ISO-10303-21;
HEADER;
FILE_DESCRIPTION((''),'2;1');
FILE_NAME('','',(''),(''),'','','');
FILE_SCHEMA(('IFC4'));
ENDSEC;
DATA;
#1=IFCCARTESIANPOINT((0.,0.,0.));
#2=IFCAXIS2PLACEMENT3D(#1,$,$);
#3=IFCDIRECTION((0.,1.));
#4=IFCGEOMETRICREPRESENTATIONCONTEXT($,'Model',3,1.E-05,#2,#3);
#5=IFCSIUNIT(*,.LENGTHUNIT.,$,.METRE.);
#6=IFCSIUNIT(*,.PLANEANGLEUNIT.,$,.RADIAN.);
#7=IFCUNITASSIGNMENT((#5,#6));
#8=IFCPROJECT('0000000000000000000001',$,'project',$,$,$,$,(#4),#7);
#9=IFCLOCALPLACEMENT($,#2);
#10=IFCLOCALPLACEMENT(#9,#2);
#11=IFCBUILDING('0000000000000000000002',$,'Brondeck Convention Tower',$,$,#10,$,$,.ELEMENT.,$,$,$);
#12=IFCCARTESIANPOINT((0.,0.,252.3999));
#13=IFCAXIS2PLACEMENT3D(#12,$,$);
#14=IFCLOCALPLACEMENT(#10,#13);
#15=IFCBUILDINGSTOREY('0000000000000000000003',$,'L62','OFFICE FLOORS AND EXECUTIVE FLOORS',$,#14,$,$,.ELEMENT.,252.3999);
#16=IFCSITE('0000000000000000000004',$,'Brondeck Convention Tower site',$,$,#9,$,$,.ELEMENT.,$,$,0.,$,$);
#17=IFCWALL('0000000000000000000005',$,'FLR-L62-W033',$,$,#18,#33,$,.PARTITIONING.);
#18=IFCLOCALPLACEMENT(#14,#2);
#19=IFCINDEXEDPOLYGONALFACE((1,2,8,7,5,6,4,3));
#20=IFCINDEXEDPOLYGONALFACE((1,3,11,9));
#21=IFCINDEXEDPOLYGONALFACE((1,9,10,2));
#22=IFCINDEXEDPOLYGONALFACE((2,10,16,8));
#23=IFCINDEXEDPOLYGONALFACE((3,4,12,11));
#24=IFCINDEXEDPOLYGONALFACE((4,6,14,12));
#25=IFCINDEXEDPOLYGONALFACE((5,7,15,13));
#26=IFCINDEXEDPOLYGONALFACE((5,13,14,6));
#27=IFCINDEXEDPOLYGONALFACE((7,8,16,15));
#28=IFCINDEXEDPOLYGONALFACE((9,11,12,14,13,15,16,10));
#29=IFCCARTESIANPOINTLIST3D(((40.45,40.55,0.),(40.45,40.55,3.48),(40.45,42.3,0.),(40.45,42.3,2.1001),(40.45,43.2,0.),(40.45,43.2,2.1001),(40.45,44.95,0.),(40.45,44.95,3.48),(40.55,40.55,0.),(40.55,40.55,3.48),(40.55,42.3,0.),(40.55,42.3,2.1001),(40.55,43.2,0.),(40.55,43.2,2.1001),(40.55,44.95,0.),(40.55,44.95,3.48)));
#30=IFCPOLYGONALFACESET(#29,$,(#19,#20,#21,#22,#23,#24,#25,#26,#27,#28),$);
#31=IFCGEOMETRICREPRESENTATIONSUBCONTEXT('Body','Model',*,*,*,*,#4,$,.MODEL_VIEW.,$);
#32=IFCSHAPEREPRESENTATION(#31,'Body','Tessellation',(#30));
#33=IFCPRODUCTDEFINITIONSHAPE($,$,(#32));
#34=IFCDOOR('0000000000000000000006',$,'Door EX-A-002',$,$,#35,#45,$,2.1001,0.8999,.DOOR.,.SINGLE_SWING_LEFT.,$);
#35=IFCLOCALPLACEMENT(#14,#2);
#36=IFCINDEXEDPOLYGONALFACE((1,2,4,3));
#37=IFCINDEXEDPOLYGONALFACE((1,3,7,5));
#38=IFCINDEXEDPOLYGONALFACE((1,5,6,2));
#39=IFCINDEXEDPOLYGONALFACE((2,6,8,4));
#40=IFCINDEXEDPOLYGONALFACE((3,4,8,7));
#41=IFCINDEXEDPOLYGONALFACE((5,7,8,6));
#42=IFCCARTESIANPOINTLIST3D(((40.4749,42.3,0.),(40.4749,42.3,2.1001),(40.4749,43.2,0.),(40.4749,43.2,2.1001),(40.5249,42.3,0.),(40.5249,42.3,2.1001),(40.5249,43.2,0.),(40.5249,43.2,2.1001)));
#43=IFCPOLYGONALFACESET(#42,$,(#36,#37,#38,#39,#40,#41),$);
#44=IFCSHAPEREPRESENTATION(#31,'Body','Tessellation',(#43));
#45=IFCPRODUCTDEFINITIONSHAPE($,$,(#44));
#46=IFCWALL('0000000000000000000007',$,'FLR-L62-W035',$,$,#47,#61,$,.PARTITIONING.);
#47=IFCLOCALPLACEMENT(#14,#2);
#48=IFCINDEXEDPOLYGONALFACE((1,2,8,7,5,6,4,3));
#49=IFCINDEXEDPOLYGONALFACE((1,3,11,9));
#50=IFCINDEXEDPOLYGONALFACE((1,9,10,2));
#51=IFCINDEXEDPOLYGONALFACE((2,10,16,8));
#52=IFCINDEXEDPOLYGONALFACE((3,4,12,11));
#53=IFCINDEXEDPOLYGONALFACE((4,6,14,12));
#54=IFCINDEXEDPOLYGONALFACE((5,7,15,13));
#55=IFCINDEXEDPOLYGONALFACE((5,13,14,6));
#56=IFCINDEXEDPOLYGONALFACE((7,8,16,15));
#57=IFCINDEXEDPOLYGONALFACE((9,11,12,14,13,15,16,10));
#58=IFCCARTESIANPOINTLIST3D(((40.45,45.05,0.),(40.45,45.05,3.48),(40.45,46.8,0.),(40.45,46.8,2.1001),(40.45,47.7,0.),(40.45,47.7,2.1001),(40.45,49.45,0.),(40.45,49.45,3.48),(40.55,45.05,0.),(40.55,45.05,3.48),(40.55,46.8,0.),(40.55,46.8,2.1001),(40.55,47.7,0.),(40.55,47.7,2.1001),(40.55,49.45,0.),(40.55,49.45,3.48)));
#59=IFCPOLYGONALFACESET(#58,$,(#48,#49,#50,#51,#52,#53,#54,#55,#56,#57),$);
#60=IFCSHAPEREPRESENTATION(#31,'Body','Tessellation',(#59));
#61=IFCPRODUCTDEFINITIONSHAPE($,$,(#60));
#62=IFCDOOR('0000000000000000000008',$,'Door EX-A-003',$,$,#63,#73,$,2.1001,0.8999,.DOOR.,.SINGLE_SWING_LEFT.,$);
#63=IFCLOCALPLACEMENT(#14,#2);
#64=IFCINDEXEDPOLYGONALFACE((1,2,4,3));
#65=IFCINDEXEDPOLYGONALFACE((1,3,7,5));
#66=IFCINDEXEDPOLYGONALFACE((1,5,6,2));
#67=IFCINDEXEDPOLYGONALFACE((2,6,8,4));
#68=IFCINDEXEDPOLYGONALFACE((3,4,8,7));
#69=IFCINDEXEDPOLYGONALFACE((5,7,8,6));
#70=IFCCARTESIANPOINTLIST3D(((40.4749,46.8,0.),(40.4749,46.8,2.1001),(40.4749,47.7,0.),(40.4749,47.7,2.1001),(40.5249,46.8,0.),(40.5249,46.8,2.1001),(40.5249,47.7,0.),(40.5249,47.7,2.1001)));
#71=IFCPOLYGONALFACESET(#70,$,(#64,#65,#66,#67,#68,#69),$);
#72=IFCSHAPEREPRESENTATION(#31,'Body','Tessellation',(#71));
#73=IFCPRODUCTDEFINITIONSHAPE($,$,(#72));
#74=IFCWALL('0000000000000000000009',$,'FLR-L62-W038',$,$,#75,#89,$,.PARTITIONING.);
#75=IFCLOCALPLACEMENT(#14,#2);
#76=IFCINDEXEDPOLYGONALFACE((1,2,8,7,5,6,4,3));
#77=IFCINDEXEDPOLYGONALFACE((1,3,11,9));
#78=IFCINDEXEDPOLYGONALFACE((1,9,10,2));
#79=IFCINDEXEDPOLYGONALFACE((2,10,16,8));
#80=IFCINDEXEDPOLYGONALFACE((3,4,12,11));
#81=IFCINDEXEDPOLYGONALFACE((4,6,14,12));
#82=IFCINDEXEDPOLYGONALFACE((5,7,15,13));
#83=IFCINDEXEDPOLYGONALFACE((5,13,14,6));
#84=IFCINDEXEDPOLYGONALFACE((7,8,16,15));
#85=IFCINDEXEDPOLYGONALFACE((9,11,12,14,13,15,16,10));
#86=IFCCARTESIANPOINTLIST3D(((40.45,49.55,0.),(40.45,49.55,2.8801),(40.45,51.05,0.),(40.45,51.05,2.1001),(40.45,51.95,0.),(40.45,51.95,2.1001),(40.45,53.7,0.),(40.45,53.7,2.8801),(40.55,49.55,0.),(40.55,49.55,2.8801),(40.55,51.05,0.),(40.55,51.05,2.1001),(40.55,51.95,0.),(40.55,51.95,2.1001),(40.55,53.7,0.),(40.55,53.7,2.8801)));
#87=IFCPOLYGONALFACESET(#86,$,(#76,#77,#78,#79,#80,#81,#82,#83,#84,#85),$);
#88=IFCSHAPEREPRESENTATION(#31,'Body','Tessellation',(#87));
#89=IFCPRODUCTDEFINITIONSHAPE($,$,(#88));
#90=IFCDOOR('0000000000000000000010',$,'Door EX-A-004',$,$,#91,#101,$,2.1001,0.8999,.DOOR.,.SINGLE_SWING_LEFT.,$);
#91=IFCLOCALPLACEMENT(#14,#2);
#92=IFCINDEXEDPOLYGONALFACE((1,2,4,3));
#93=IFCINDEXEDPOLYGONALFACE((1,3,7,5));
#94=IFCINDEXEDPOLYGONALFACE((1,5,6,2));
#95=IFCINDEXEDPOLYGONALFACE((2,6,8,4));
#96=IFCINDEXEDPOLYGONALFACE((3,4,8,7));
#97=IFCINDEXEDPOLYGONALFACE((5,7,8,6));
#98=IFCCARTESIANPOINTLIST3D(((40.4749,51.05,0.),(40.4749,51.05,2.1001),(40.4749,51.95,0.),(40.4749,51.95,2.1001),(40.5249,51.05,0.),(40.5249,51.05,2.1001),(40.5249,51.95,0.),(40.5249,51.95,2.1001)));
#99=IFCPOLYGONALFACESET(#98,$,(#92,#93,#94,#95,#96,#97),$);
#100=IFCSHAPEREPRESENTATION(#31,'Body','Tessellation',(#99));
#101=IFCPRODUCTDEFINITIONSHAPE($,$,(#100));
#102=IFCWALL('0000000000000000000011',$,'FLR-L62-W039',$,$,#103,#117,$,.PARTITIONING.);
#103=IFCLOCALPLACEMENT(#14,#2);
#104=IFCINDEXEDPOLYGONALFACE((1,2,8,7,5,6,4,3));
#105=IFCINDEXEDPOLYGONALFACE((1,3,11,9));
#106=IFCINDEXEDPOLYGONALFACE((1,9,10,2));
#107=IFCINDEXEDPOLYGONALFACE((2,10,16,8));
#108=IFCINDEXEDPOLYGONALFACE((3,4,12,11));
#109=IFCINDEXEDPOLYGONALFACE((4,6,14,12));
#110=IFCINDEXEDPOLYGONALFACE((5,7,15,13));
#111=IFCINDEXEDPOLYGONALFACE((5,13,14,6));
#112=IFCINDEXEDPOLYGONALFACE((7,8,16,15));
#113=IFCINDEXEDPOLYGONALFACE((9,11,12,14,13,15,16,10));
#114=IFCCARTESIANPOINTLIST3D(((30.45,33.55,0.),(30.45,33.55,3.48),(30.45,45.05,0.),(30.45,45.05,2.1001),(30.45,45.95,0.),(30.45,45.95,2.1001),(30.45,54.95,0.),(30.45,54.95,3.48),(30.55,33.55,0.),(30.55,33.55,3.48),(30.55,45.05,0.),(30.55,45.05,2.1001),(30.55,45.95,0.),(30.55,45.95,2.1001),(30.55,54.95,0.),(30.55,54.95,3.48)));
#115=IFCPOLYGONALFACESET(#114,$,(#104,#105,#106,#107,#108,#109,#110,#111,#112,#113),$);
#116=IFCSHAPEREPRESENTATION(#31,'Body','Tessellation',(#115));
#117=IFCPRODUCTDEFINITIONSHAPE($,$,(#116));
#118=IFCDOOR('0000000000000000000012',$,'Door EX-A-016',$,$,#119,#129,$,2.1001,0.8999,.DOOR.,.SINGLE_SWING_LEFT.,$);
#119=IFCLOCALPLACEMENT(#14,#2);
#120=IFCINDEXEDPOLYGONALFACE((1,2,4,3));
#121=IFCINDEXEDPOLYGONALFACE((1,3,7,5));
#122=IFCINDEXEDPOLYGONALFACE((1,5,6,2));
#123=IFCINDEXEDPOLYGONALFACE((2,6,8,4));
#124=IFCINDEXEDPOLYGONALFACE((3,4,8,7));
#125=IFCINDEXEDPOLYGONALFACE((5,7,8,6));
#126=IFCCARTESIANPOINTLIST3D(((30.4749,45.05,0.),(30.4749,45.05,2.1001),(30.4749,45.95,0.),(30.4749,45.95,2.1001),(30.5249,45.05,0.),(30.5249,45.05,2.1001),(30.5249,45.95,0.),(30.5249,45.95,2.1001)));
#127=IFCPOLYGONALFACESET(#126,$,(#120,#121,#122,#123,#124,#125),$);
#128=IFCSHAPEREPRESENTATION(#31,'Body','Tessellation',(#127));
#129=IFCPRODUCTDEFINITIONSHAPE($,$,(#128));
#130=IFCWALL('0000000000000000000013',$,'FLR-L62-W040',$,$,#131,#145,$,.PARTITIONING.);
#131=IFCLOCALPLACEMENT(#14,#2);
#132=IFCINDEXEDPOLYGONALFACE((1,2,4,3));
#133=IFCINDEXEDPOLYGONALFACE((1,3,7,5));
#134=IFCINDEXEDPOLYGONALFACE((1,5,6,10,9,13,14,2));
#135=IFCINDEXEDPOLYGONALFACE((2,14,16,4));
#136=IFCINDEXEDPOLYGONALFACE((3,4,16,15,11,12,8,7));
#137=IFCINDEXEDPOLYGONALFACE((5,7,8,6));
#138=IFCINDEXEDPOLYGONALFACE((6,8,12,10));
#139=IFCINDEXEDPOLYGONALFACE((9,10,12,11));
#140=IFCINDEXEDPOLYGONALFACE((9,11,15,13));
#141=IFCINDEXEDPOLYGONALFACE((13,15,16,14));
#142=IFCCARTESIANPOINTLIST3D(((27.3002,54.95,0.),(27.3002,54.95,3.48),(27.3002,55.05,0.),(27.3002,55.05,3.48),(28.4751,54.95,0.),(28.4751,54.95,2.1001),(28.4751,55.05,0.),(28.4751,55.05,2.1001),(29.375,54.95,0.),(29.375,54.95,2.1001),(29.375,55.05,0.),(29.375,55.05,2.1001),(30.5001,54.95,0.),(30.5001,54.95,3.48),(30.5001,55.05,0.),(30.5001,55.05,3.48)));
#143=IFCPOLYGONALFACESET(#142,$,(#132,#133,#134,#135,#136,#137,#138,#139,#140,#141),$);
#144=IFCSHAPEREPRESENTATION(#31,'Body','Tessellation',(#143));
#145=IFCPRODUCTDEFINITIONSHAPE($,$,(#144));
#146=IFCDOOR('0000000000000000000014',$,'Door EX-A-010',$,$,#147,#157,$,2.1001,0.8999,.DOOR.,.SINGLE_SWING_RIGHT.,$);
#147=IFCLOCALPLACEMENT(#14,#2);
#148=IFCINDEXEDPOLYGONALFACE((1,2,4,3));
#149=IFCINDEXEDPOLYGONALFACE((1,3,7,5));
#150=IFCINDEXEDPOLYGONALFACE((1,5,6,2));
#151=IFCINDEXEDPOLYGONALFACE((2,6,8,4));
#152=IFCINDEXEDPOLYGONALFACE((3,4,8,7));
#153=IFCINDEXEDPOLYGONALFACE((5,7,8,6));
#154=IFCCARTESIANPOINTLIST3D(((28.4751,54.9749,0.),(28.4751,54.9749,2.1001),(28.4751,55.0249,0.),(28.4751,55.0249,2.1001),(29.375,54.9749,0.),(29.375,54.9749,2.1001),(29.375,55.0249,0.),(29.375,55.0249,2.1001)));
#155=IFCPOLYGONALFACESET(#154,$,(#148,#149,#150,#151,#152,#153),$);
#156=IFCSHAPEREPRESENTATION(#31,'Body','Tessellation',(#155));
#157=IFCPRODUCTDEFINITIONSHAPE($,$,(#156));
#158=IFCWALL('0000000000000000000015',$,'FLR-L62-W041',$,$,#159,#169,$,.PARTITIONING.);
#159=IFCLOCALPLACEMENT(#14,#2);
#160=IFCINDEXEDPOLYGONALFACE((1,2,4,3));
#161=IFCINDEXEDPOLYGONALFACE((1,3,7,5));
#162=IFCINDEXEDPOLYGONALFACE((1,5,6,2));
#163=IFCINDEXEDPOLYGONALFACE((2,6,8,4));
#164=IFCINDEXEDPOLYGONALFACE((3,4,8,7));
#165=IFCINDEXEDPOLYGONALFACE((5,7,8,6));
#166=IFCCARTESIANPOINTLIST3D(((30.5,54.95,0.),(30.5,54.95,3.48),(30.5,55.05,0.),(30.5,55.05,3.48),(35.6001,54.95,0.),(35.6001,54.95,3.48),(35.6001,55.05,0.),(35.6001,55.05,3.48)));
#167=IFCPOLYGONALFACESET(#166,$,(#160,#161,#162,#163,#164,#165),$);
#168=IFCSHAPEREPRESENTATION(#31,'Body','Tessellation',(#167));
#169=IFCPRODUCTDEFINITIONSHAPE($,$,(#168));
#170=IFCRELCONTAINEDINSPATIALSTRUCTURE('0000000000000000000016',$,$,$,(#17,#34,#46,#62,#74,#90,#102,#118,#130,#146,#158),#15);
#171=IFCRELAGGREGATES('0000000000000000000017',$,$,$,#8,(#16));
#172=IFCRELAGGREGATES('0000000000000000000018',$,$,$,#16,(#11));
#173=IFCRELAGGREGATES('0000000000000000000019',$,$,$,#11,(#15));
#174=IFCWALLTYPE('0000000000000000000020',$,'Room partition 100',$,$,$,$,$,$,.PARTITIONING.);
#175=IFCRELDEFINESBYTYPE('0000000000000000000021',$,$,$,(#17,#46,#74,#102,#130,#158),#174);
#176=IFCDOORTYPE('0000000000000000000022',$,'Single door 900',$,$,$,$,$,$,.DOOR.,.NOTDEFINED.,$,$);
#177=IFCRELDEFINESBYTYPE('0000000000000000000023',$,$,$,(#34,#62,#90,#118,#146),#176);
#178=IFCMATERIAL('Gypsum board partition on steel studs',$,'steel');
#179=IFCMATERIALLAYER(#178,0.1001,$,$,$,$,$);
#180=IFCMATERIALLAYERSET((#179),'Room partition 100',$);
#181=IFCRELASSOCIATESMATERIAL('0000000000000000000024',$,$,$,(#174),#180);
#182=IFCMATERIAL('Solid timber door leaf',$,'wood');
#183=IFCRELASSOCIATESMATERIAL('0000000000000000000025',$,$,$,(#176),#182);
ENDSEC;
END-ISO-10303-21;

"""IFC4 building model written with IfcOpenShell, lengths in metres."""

from ifc_helpers import new_model, si_unit, direction, frame, frame_2d, origin, place, context, subcontext, project, spatial, rectangle, extrude, material, layer, layer_set, type_object, element, fill, save


model = new_model("IFC4")

# Units and contexts
model_context = context("Model", 3, precision=1e-05, world=origin(), true_north=direction((0.0, 1.0)))
body_context = subcontext(model_context, "Body", "Model", "MODEL_VIEW")
ifc_project = project(units=[si_unit("LENGTHUNIT", "METRE"), si_unit("PLANEANGLEUNIT", "RADIAN")], contexts=[model_context])

# Site, building, storey
site_placement = place(None, origin())
site = spatial("IfcSite", under=ifc_project, at=site_placement, Name="Brondeck Convention Tower site", CompositionType="ELEMENT", RefElevation=0.0)
building_placement = place(site_placement, origin())
building = spatial("IfcBuilding", under=site, at=building_placement, Name="Brondeck Convention Tower", CompositionType="ELEMENT")
storey_placement = place(building_placement, frame((0.0, 0.0, 252.3999)))
storey = spatial("IfcBuildingStorey", under=building, at=storey_placement, Name="L62", Description="OFFICE FLOORS AND EXECUTIVE FLOORS", CompositionType="ELEMENT", Elevation=252.3999)

# Walls, openings, doors
ifc_material_1 = material(Name="Gypsum board partition on steel studs", Category="steel")
ifc_layer_1 = layer(ifc_material_1, 0.1001)
ifc_layer_set_1 = layer_set([ifc_layer_1], Name="Room partition 100")
wall_type_1 = type_object("IfcWallType", Name="Room partition 100", PredefinedType="PARTITIONING", material=ifc_layer_set_1)
wall_1_placement = place(storey_placement, frame((40.5, 44.95, 0.0), z_axis=(0.0, 0.0, 1.0), x_axis=(0.0, -1.0, 0.0)))
wall_1 = element("IfcWall", 1, at=wall_1_placement, inside=storey, type_object=wall_type_1, Name="FLR-L62-W033", PredefinedType="PARTITIONING", context=body_context, shape_type="SweptSolid", body=[
    extrude(rectangle(XDim=4.3999, YDim=0.1001, at=frame_2d((2.2, 0.0))), origin(), (0.0, 0.0, 1.0), 3.48),
])
opening_1_placement = place(wall_1_placement, frame((1.75, 0.0, 0.0)))
opening_1 = element("IfcOpeningElement", 2, at=opening_1_placement, cuts=wall_1, PredefinedType="OPENING", context=body_context, shape_type="SweptSolid", body=[
    extrude(rectangle(XDim=0.8999, YDim=2.1001, at=frame_2d((0.45, 1.05))), frame((0.0, 0.0601, 0.0), z_axis=(0.0, -1.0, 0.0), x_axis=(1.0, 0.0, 0.0)), (0.0, 0.0, 1.0), 0.1201),
])
ifc_material_2 = material(Name="Solid timber door leaf", Category="wood")
door_type_1 = type_object("IfcDoorType", Name="Single door 900", OperationType="NOTDEFINED", PredefinedType="DOOR", material=ifc_material_2)
door_1_placement = place(opening_1_placement, origin())
door_1 = element("IfcDoor", 3, at=door_1_placement, inside=storey, type_object=door_type_1, Name="Door EX-A-002", OperationType="SINGLE_SWING_LEFT", OverallHeight=2.1001, OverallWidth=0.8999, PredefinedType="DOOR", context=body_context, shape_type="SweptSolid", body=[
    extrude(rectangle(XDim=0.8999, YDim=2.1001, at=frame_2d((0.45, 1.05))), frame((0.0, 0.0249, 0.0), z_axis=(0.0, -1.0, 0.0), x_axis=(1.0, 0.0, 0.0)), (0.0, 0.0, 1.0), 0.05),
])
fill(opening_1, door_1)
wall_2_placement = place(storey_placement, frame((40.5, 49.45, 0.0), z_axis=(0.0, 0.0, 1.0), x_axis=(0.0, -1.0, 0.0)))
wall_2 = element("IfcWall", 4, at=wall_2_placement, inside=storey, type_object=wall_type_1, Name="FLR-L62-W035", PredefinedType="PARTITIONING", context=body_context, shape_type="SweptSolid", body=[
    extrude(rectangle(XDim=4.3999, YDim=0.1001, at=frame_2d((2.2, 0.0))), origin(), (0.0, 0.0, 1.0), 3.48),
])
opening_2_placement = place(wall_2_placement, frame((1.75, 0.0, 0.0)))
opening_2 = element("IfcOpeningElement", 5, at=opening_2_placement, cuts=wall_2, PredefinedType="OPENING", context=body_context, shape_type="SweptSolid", body=[
    extrude(rectangle(XDim=0.8999, YDim=2.1001, at=frame_2d((0.45, 1.05))), frame((0.0, 0.0601, 0.0), z_axis=(0.0, -1.0, 0.0), x_axis=(1.0, 0.0, 0.0)), (0.0, 0.0, 1.0), 0.1201),
])
door_2_placement = place(opening_2_placement, origin())
door_2 = element("IfcDoor", 6, at=door_2_placement, inside=storey, type_object=door_type_1, Name="Door EX-A-003", OperationType="SINGLE_SWING_LEFT", OverallHeight=2.1001, OverallWidth=0.8999, PredefinedType="DOOR", context=body_context, shape_type="SweptSolid", body=[
    extrude(rectangle(XDim=0.8999, YDim=2.1001, at=frame_2d((0.45, 1.05))), frame((0.0, 0.0249, 0.0), z_axis=(0.0, -1.0, 0.0), x_axis=(1.0, 0.0, 0.0)), (0.0, 0.0, 1.0), 0.05),
])
fill(opening_2, door_2)
wall_3_placement = place(storey_placement, frame((40.5, 53.7, 0.0), z_axis=(0.0, 0.0, 1.0), x_axis=(0.0, -1.0, 0.0)))
wall_3 = element("IfcWall", 7, at=wall_3_placement, inside=storey, type_object=wall_type_1, Name="FLR-L62-W038", PredefinedType="PARTITIONING", context=body_context, shape_type="SweptSolid", body=[
    extrude(rectangle(XDim=4.1499, YDim=0.1001, at=frame_2d((2.075, 0.0))), origin(), (0.0, 0.0, 1.0), 2.8801),
])
opening_3_placement = place(wall_3_placement, frame((1.75, 0.0, 0.0)))
opening_3 = element("IfcOpeningElement", 8, at=opening_3_placement, cuts=wall_3, PredefinedType="OPENING", context=body_context, shape_type="SweptSolid", body=[
    extrude(rectangle(XDim=0.8999, YDim=2.1001, at=frame_2d((0.45, 1.05))), frame((0.0, 0.0601, 0.0), z_axis=(0.0, -1.0, 0.0), x_axis=(1.0, 0.0, 0.0)), (0.0, 0.0, 1.0), 0.1201),
])
door_3_placement = place(opening_3_placement, origin())
door_3 = element("IfcDoor", 9, at=door_3_placement, inside=storey, type_object=door_type_1, Name="Door EX-A-004", OperationType="SINGLE_SWING_LEFT", OverallHeight=2.1001, OverallWidth=0.8999, PredefinedType="DOOR", context=body_context, shape_type="SweptSolid", body=[
    extrude(rectangle(XDim=0.8999, YDim=2.1001, at=frame_2d((0.45, 1.05))), frame((0.0, 0.0249, 0.0), z_axis=(0.0, -1.0, 0.0), x_axis=(1.0, 0.0, 0.0)), (0.0, 0.0, 1.0), 0.05),
])
fill(opening_3, door_3)
wall_4_placement = place(storey_placement, frame((30.5, 54.95, 0.0), z_axis=(0.0, 0.0, 1.0), x_axis=(0.0, -1.0, 0.0)))
wall_4 = element("IfcWall", 10, at=wall_4_placement, inside=storey, type_object=wall_type_1, Name="FLR-L62-W039", PredefinedType="PARTITIONING", context=body_context, shape_type="SweptSolid", body=[
    extrude(rectangle(XDim=21.3999, YDim=0.1001, at=frame_2d((10.7, 0.0))), origin(), (0.0, 0.0, 1.0), 3.48),
])
opening_4_placement = place(wall_4_placement, frame((9.0, 0.0, 0.0)))
opening_4 = element("IfcOpeningElement", 11, at=opening_4_placement, cuts=wall_4, PredefinedType="OPENING", context=body_context, shape_type="SweptSolid", body=[
    extrude(rectangle(XDim=0.8999, YDim=2.1001, at=frame_2d((0.45, 1.05))), frame((0.0, 0.0601, 0.0), z_axis=(0.0, -1.0, 0.0), x_axis=(1.0, 0.0, 0.0)), (0.0, 0.0, 1.0), 0.1201),
])
door_4_placement = place(opening_4_placement, origin())
door_4 = element("IfcDoor", 12, at=door_4_placement, inside=storey, type_object=door_type_1, Name="Door EX-A-016", OperationType="SINGLE_SWING_LEFT", OverallHeight=2.1001, OverallWidth=0.8999, PredefinedType="DOOR", context=body_context, shape_type="SweptSolid", body=[
    extrude(rectangle(XDim=0.8999, YDim=2.1001, at=frame_2d((0.45, 1.05))), frame((0.0, 0.0249, 0.0), z_axis=(0.0, -1.0, 0.0), x_axis=(1.0, 0.0, 0.0)), (0.0, 0.0, 1.0), 0.05),
])
fill(opening_4, door_4)
wall_5_placement = place(storey_placement, frame((27.3, 55.0, 0.0), z_axis=(0.0, 0.0, 1.0), x_axis=(1.0, 0.0, 0.0)))
wall_5 = element("IfcWall", 13, at=wall_5_placement, inside=storey, type_object=wall_type_1, Name="FLR-L62-W040", PredefinedType="PARTITIONING", context=body_context, shape_type="SweptSolid", body=[
    extrude(rectangle(XDim=3.2, YDim=0.1001, at=frame_2d((1.6001, 0.0))), origin(), (0.0, 0.0, 1.0), 3.48),
])
opening_5_placement = place(wall_5_placement, frame((1.175, 0.0, 0.0)))
opening_5 = element("IfcOpeningElement", 14, at=opening_5_placement, cuts=wall_5, PredefinedType="OPENING", context=body_context, shape_type="SweptSolid", body=[
    extrude(rectangle(XDim=0.8999, YDim=2.1001, at=frame_2d((0.45, 1.05))), frame((0.0, 0.0601, 0.0), z_axis=(0.0, -1.0, 0.0), x_axis=(1.0, 0.0, 0.0)), (0.0, 0.0, 1.0), 0.1201),
])
door_5_placement = place(opening_5_placement, origin())
door_5 = element("IfcDoor", 15, at=door_5_placement, inside=storey, type_object=door_type_1, Name="Door EX-A-010", OperationType="SINGLE_SWING_RIGHT", OverallHeight=2.1001, OverallWidth=0.8999, PredefinedType="DOOR", context=body_context, shape_type="SweptSolid", body=[
    extrude(rectangle(XDim=0.8999, YDim=2.1001, at=frame_2d((0.45, 1.05))), frame((0.0, 0.0249, 0.0), z_axis=(0.0, -1.0, 0.0), x_axis=(1.0, 0.0, 0.0)), (0.0, 0.0, 1.0), 0.05),
])
fill(opening_5, door_5)

# Wall
wall_6_placement = place(storey_placement, frame((35.6001, 55.0, 0.0), z_axis=(0.0, 0.0, 1.0), x_axis=(-1.0, 0.0, 0.0)))
element("IfcWall", 16, at=wall_6_placement, inside=storey, type_object=wall_type_1, Name="FLR-L62-W041", PredefinedType="PARTITIONING", context=body_context, shape_type="SweptSolid", body=[
    extrude(rectangle(XDim=5.1001, YDim=0.1001, at=frame_2d((2.55, 0.0))), origin(), (0.0, 0.0, 1.0), 3.48),
])

save(model, "model.ifc")
